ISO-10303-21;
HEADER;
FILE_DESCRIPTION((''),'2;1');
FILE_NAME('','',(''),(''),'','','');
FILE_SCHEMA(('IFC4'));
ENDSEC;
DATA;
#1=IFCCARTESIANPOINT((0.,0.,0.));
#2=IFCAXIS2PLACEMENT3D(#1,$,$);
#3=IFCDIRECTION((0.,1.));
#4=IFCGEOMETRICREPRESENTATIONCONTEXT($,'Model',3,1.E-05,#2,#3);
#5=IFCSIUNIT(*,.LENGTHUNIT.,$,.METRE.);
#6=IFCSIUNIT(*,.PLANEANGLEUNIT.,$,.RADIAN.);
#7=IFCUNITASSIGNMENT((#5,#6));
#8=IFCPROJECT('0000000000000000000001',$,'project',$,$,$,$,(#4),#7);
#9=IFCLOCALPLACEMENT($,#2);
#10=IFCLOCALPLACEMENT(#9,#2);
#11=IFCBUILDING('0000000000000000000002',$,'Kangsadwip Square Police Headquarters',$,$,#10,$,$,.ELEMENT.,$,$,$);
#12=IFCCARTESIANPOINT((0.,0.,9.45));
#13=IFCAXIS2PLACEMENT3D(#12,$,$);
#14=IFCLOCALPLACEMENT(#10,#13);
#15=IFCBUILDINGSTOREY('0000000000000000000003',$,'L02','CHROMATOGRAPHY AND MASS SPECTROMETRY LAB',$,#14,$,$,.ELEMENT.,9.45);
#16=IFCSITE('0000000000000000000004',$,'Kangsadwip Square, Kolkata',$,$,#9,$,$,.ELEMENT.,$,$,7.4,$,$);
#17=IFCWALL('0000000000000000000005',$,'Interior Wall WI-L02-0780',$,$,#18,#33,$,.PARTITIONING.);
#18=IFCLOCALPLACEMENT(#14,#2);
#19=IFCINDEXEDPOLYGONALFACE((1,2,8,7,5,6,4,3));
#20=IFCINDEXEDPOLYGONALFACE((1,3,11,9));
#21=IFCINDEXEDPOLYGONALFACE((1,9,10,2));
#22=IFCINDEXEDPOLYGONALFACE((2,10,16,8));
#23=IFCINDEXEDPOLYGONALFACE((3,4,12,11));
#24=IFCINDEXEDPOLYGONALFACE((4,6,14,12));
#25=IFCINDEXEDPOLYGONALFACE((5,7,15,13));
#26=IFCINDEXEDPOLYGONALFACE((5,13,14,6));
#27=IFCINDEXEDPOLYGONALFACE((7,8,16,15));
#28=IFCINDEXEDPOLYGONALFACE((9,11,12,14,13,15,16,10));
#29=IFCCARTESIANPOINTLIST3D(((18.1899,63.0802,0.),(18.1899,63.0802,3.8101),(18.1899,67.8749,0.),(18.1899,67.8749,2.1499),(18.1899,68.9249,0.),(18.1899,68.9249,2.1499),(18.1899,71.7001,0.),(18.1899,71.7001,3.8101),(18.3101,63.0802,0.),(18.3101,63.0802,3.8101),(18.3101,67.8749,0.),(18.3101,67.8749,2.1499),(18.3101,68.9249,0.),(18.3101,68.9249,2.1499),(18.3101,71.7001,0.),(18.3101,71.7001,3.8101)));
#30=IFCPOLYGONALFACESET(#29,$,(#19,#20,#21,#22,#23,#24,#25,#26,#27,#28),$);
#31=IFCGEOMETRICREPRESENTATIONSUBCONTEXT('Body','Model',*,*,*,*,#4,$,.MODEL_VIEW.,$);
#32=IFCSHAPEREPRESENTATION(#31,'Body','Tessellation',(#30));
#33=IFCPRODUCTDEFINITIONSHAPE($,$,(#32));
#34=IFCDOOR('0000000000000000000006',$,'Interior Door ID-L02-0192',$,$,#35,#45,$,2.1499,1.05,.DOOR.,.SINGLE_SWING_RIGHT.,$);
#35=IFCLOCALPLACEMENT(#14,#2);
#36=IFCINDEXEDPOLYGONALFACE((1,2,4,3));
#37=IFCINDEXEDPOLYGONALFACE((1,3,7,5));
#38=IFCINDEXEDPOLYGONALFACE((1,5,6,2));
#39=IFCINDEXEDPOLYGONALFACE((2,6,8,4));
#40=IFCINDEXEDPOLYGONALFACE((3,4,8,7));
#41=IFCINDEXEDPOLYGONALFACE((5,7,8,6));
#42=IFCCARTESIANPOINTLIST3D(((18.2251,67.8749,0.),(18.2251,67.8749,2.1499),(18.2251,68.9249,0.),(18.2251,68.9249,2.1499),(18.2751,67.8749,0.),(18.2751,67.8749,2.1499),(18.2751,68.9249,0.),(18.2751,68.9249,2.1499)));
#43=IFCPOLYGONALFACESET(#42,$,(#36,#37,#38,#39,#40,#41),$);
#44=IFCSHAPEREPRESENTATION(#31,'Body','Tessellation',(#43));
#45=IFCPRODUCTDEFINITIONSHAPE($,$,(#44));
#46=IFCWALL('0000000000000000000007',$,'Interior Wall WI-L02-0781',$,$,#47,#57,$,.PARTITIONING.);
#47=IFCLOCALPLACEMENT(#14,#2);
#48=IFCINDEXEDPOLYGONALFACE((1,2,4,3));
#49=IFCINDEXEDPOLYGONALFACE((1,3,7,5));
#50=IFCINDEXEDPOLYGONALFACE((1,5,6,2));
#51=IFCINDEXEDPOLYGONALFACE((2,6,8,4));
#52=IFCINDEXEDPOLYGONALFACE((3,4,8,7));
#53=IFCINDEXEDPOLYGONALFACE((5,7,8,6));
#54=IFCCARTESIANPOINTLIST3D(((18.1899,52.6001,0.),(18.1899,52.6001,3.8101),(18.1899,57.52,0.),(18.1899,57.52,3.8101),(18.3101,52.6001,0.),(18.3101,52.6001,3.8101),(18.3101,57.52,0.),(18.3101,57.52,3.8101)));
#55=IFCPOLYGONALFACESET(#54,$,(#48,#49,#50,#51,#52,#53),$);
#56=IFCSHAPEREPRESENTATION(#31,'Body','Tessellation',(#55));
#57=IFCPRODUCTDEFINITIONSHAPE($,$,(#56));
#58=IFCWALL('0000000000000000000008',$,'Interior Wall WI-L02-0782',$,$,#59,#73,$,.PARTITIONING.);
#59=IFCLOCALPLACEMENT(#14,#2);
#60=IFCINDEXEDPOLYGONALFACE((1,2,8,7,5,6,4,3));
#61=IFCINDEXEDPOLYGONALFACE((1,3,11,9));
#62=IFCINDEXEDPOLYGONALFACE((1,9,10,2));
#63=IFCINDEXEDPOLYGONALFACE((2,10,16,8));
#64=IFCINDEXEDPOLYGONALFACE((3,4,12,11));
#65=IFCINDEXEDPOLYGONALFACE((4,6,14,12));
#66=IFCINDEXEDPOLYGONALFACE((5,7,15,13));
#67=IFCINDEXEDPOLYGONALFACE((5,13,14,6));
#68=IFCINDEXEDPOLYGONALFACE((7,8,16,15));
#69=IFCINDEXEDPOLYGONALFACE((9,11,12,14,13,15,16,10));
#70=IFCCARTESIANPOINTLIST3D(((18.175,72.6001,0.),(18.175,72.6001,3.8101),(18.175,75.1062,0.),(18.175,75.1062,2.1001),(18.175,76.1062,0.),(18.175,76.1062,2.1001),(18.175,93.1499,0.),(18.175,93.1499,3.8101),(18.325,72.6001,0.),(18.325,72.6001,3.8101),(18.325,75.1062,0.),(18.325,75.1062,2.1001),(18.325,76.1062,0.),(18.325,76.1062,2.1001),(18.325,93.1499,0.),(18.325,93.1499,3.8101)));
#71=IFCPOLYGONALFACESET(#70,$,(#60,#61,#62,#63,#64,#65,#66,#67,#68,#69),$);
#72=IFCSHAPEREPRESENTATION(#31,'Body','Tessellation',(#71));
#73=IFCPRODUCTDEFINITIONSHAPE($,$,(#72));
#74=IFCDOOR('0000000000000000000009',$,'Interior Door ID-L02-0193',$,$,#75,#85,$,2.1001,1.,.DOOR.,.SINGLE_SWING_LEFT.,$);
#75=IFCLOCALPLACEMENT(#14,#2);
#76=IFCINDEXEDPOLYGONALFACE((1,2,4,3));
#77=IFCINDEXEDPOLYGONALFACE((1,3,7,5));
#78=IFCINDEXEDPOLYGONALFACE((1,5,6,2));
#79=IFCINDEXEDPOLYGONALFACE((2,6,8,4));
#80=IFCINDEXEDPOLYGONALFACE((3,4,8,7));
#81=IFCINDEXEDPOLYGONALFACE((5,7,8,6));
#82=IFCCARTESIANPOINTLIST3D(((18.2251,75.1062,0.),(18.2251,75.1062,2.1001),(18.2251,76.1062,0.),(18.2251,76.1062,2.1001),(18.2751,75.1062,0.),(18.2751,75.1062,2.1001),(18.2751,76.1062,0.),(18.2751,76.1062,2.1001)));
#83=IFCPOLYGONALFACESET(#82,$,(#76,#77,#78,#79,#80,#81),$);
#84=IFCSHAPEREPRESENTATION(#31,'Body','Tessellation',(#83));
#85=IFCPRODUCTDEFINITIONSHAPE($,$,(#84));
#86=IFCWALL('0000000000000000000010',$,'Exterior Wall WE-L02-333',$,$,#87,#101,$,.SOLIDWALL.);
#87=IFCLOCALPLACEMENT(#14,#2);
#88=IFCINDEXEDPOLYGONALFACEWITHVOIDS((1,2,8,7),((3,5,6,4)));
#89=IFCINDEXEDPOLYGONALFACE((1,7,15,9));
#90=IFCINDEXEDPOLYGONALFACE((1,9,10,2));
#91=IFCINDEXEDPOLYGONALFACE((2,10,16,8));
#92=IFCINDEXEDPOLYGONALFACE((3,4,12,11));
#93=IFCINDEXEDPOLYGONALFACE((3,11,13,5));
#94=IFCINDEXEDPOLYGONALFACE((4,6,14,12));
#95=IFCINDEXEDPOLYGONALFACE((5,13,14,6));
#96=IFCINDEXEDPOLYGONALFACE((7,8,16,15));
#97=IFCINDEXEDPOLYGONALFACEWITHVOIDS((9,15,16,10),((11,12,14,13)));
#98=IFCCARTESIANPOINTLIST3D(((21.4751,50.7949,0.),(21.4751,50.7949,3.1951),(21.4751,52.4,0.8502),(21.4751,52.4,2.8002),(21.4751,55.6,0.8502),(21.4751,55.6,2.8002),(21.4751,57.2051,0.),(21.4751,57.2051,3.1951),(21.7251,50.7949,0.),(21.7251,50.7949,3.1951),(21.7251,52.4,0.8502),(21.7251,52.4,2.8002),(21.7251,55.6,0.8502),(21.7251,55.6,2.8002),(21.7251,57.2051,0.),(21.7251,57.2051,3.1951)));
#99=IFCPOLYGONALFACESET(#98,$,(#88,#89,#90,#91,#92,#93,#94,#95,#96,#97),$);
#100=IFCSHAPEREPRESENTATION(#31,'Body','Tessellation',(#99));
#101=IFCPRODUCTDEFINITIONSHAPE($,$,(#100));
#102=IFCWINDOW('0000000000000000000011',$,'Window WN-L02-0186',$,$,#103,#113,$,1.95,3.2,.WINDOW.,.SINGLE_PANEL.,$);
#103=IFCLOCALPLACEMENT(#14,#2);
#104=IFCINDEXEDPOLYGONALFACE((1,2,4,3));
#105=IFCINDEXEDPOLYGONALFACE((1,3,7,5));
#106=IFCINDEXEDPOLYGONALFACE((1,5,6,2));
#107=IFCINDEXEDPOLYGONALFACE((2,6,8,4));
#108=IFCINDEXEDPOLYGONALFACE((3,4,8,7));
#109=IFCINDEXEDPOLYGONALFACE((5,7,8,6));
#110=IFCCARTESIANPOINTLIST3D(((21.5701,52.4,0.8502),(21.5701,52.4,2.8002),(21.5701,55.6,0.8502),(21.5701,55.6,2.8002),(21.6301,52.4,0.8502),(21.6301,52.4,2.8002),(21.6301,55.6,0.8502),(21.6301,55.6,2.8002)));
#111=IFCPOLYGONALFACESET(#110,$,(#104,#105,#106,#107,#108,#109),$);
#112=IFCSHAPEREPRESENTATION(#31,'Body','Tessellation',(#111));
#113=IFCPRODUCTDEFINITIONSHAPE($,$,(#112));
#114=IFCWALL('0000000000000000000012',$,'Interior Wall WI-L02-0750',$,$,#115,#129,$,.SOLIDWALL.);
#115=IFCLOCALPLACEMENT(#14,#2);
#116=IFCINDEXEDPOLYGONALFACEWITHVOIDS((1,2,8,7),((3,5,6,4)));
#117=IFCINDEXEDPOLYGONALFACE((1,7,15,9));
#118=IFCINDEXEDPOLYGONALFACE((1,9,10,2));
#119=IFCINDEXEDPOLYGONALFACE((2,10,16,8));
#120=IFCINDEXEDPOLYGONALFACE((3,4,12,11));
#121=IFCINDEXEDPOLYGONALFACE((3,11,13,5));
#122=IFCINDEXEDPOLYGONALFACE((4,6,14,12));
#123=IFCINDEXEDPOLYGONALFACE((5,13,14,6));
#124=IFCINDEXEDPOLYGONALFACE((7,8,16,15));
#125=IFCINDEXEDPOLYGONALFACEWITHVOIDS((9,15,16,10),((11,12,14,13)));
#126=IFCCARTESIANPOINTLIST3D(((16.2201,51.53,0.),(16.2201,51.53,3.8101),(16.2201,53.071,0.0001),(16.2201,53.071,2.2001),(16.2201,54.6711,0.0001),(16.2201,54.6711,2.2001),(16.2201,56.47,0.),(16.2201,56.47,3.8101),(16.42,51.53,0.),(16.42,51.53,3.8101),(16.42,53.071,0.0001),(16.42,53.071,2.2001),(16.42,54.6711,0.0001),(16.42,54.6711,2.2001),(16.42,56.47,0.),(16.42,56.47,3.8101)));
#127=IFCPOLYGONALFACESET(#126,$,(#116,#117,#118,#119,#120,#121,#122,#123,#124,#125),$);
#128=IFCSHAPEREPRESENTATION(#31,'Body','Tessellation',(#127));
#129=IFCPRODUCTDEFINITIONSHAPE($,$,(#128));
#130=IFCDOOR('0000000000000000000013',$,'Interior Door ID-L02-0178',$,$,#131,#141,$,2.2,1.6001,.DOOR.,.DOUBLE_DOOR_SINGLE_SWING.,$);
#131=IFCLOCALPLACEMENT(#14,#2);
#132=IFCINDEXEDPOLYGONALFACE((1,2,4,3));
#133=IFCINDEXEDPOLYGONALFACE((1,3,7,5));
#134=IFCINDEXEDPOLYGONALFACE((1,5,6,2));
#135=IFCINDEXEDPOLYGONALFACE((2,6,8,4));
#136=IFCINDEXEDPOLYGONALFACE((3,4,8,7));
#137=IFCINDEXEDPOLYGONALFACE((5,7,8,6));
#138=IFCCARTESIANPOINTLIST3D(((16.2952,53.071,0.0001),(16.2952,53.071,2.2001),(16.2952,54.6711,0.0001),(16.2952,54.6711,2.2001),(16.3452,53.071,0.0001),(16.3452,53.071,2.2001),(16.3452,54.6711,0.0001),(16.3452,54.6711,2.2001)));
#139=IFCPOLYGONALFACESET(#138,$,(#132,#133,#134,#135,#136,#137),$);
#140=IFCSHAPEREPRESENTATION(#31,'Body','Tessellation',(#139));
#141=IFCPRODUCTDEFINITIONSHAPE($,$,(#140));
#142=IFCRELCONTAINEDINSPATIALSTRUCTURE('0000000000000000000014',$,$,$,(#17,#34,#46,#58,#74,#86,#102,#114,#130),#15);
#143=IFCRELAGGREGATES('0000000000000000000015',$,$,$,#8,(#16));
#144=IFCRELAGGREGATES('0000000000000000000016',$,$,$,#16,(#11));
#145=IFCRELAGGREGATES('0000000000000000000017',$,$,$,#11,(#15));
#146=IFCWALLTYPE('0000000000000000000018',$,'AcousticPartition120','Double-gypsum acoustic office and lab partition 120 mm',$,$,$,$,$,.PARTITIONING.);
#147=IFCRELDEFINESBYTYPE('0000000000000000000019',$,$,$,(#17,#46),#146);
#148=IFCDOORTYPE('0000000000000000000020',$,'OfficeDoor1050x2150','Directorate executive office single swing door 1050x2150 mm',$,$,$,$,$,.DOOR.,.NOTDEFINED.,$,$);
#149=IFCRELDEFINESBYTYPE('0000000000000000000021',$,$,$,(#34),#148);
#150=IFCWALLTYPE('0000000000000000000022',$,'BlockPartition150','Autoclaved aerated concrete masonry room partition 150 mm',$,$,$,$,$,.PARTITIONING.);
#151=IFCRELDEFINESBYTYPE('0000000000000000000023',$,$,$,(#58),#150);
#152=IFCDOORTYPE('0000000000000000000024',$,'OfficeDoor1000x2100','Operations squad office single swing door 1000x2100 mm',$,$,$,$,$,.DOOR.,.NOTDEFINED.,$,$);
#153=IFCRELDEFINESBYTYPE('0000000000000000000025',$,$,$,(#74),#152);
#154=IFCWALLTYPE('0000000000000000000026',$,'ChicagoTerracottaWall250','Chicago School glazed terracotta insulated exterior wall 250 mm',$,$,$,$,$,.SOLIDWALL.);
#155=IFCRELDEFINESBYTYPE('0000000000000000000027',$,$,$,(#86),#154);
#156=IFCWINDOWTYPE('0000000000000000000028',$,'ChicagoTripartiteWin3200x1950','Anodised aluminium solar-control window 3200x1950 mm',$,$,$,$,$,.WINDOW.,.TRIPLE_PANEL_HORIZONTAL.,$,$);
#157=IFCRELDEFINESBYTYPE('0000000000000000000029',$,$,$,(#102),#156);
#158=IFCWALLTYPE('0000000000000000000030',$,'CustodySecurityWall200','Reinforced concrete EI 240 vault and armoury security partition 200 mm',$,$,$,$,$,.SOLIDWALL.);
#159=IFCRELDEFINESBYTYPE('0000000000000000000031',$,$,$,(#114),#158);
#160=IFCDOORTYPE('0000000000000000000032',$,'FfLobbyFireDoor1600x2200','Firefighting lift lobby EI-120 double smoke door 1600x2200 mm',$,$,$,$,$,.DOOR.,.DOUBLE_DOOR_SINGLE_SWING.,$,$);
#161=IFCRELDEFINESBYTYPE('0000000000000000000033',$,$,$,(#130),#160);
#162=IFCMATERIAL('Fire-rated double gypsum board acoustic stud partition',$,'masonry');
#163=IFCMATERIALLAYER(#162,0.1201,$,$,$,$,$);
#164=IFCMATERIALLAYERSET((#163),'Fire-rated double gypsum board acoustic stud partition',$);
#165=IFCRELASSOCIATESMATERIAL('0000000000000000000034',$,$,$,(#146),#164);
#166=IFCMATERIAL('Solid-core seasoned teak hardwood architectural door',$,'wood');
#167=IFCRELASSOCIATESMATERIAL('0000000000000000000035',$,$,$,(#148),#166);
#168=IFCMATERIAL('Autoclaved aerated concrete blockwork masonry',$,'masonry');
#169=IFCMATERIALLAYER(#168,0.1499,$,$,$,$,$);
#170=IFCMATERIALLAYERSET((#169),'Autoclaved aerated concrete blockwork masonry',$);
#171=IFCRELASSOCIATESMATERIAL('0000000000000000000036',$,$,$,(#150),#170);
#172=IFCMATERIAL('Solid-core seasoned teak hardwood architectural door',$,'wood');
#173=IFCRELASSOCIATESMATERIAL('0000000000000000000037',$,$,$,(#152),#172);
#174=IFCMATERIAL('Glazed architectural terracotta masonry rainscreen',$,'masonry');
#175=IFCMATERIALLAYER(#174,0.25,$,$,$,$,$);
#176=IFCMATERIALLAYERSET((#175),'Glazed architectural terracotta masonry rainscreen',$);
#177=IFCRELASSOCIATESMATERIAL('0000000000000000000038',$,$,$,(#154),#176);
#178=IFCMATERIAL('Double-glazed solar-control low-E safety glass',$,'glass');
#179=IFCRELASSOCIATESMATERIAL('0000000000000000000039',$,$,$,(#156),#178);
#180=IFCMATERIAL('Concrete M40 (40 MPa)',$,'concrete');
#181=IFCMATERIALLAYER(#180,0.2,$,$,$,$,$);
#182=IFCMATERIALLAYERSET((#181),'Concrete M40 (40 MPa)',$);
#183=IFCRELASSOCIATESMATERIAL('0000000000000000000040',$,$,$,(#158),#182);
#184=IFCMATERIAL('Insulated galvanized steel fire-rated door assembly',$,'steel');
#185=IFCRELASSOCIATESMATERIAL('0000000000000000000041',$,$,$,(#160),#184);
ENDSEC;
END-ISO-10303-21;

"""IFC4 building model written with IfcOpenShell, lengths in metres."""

from ifc_helpers import new_model, si_unit, direction, frame, frame_2d, origin, place, context, subcontext, project, spatial, rectangle, extrude, material, layer, layer_set, type_object, element, fill, save


model = new_model("IFC4")

# Units and contexts
model_context = context("Model", 3, precision=1e-05, world=origin(), true_north=direction((0.0, 1.0)))
body_context = subcontext(model_context, "Body", "Model", "MODEL_VIEW")
ifc_project = project(units=[si_unit("LENGTHUNIT", "METRE"), si_unit("PLANEANGLEUNIT", "RADIAN")], contexts=[model_context])

# Site, building, storey
site_placement = place(None, origin())
site = spatial("IfcSite", under=ifc_project, at=site_placement, Name="Kangsadwip Square, Kolkata", CompositionType="ELEMENT", RefElevation=7.4)
building_placement = place(site_placement, origin())
building = spatial("IfcBuilding", under=site, at=building_placement, Name="Kangsadwip Square Police Headquarters", CompositionType="ELEMENT")
storey_placement = place(building_placement, frame((0.0, 0.0, 9.45)))
storey = spatial("IfcBuildingStorey", under=building, at=storey_placement, Name="L02", Description="CHROMATOGRAPHY AND MASS SPECTROMETRY LAB", CompositionType="ELEMENT", Elevation=9.45)

# Wall, opening, door
ifc_material_1 = material(Name="Fire-rated double gypsum board acoustic stud partition", Category="masonry")
ifc_layer_1 = layer(ifc_material_1, 0.1201)
ifc_layer_set_1 = layer_set([ifc_layer_1], Name="Fire-rated double gypsum board acoustic stud partition")
wall_type_1 = type_object("IfcWallType", Name="AcousticPartition120", Description="Double-gypsum acoustic office and lab partition 120 mm", PredefinedType="PARTITIONING", material=ifc_layer_set_1)
wall_1_placement = place(storey_placement, frame((18.25, 63.0801, 0.0), z_axis=(0.0, 0.0, 1.0), x_axis=(0.0, 1.0, 0.0)))
wall_1 = element("IfcWall", 1, at=wall_1_placement, inside=storey, type_object=wall_type_1, Name="Interior Wall WI-L02-0780", PredefinedType="PARTITIONING", context=body_context, shape_type="SweptSolid", body=[
    extrude(rectangle(XDim=8.6199, YDim=0.1201, at=frame_2d((4.3101, 0.0))), origin(), (0.0, 0.0, 1.0), 3.8101),
])
opening_1_placement = place(wall_1_placement, frame((4.7949, 0.0, 0.0)))
opening_1 = element("IfcOpeningElement", 2, at=opening_1_placement, cuts=wall_1, PredefinedType="OPENING", context=body_context, shape_type="SweptSolid", body=[
    extrude(rectangle(XDim=1.05, YDim=2.1499, at=frame_2d((0.5249, 1.075))), frame((0.0, 0.0701, 0.0), z_axis=(0.0, -1.0, 0.0), x_axis=(1.0, 0.0, 0.0)), (0.0, 0.0, 1.0), 0.1401),
])
ifc_material_2 = material(Name="Solid-core seasoned teak hardwood architectural door", Category="wood")
door_type_1 = type_object("IfcDoorType", Name="OfficeDoor1050x2150", Description="Directorate executive office single swing door 1050x2150 mm", OperationType="NOTDEFINED", PredefinedType="DOOR", material=ifc_material_2)
door_1_placement = place(opening_1_placement, origin())
door_1 = element("IfcDoor", 3, at=door_1_placement, inside=storey, type_object=door_type_1, Name="Interior Door ID-L02-0192", OperationType="SINGLE_SWING_RIGHT", OverallHeight=2.1499, OverallWidth=1.05, PredefinedType="DOOR", context=body_context, shape_type="SweptSolid", body=[
    extrude(rectangle(XDim=1.05, YDim=2.1499, at=frame_2d((0.5249, 1.075))), frame((0.0, 0.0249, 0.0), z_axis=(0.0, -1.0, 0.0), x_axis=(1.0, 0.0, 0.0)), (0.0, 0.0, 1.0), 0.05),
])
fill(opening_1, door_1)

# Wall
wall_2_placement = place(storey_placement, frame((18.25, 52.6001, 0.0), z_axis=(0.0, 0.0, 1.0), x_axis=(0.0, 1.0, 0.0)))
element("IfcWall", 4, at=wall_2_placement, inside=storey, type_object=wall_type_1, Name="Interior Wall WI-L02-0781", PredefinedType="PARTITIONING", context=body_context, shape_type="SweptSolid", body=[
    extrude(rectangle(XDim=4.9199, YDim=0.1201, at=frame_2d((2.46, 0.0))), origin(), (0.0, 0.0, 1.0), 3.8101),
])

# Wall, opening, door
ifc_material_3 = material(Name="Autoclaved aerated concrete blockwork masonry", Category="masonry")
ifc_layer_2 = layer(ifc_material_3, 0.1499)
ifc_layer_set_2 = layer_set([ifc_layer_2], Name="Autoclaved aerated concrete blockwork masonry")
wall_type_2 = type_object("IfcWallType", Name="BlockPartition150", Description="Autoclaved aerated concrete masonry room partition 150 mm", PredefinedType="PARTITIONING", material=ifc_layer_set_2)
wall_3_placement = place(storey_placement, frame((18.25, 72.6001, 0.0), z_axis=(0.0, 0.0, 1.0), x_axis=(0.0, 1.0, 0.0)))
wall_3 = element("IfcWall", 5, at=wall_3_placement, inside=storey, type_object=wall_type_2, Name="Interior Wall WI-L02-0782", PredefinedType="PARTITIONING", context=body_context, shape_type="SweptSolid", body=[
    extrude(rectangle(XDim=20.5498, YDim=0.1499, at=frame_2d((10.2749, 0.0))), origin(), (0.0, 0.0, 1.0), 3.8101),
])
opening_2_placement = place(wall_3_placement, frame((2.5061, 0.0, 0.0)))
opening_2 = element("IfcOpeningElement", 6, at=opening_2_placement, cuts=wall_3, PredefinedType="OPENING", context=body_context, shape_type="SweptSolid", body=[
    extrude(rectangle(XDim=1.0, YDim=2.1001, at=frame_2d((0.5, 1.05))), frame((0.0, 0.085, 0.0), z_axis=(0.0, -1.0, 0.0), x_axis=(1.0, 0.0, 0.0)), (0.0, 0.0, 1.0), 0.1699),
])
ifc_material_4 = material(Name="Solid-core seasoned teak hardwood architectural door", Category="wood")
door_type_2 = type_object("IfcDoorType", Name="OfficeDoor1000x2100", Description="Operations squad office single swing door 1000x2100 mm", OperationType="NOTDEFINED", PredefinedType="DOOR", material=ifc_material_4)
door_2_placement = place(opening_2_placement, origin())
door_2 = element("IfcDoor", 7, at=door_2_placement, inside=storey, type_object=door_type_2, Name="Interior Door ID-L02-0193", OperationType="SINGLE_SWING_LEFT", OverallHeight=2.1001, OverallWidth=1.0, PredefinedType="DOOR", context=body_context, shape_type="SweptSolid", body=[
    extrude(rectangle(XDim=1.0, YDim=2.1001, at=frame_2d((0.5, 1.05))), frame((0.0, 0.0249, 0.0), z_axis=(0.0, -1.0, 0.0), x_axis=(1.0, 0.0, 0.0)), (0.0, 0.0, 1.0), 0.05),
])
fill(opening_2, door_2)

# Wall, opening, window
ifc_material_5 = material(Name="Glazed architectural terracotta masonry rainscreen", Category="masonry")
ifc_layer_3 = layer(ifc_material_5, 0.25)
ifc_layer_set_3 = layer_set([ifc_layer_3], Name="Glazed architectural terracotta masonry rainscreen")
wall_type_3 = type_object("IfcWallType", Name="ChicagoTerracottaWall250", Description="Chicago School glazed terracotta insulated exterior wall 250 mm", PredefinedType="SOLIDWALL", material=ifc_layer_set_3)
wall_4_placement = place(storey_placement, frame((21.6001, 50.7949, 0.0), z_axis=(0.0, 0.0, 1.0), x_axis=(0.0, 1.0, 0.0)))
wall_4 = element("IfcWall", 8, at=wall_4_placement, inside=storey, type_object=wall_type_3, Name="Exterior Wall WE-L02-333", PredefinedType="SOLIDWALL", context=body_context, shape_type="SweptSolid", body=[
    extrude(rectangle(XDim=6.4102, YDim=0.25, at=frame_2d((3.2051, 0.0))), origin(), (0.0, 0.0, 1.0), 3.1951),
])
opening_3_placement = place(wall_4_placement, frame((1.605, 0.0, 0.8501)))
opening_3 = element("IfcOpeningElement", 9, at=opening_3_placement, cuts=wall_4, PredefinedType="OPENING", context=body_context, shape_type="SweptSolid", body=[
    extrude(rectangle(XDim=3.2, YDim=1.95, at=frame_2d((1.6001, 0.9751))), frame((0.0, 0.135, 0.0), z_axis=(0.0, -1.0, 0.0), x_axis=(1.0, 0.0, 0.0)), (0.0, 0.0, 1.0), 0.27),
])
ifc_material_6 = material(Name="Double-glazed solar-control low-E safety glass", Category="glass")
window_type = type_object("IfcWindowType", Name="ChicagoTripartiteWin3200x1950", Description="Anodised aluminium solar-control window 3200x1950 mm", PartitioningType="TRIPLE_PANEL_HORIZONTAL", PredefinedType="WINDOW", material=ifc_material_6)
window_placement = place(opening_3_placement, origin())
window = element("IfcWindow", 10, at=window_placement, inside=storey, type_object=window_type, Name="Window WN-L02-0186", OverallHeight=1.95, OverallWidth=3.2, PartitioningType="SINGLE_PANEL", PredefinedType="WINDOW", context=body_context, shape_type="SweptSolid", body=[
    extrude(rectangle(XDim=3.2, YDim=1.95, at=frame_2d((1.6001, 0.9751))), frame((0.0, 0.03, 0.0), z_axis=(0.0, -1.0, 0.0), x_axis=(1.0, 0.0, 0.0)), (0.0, 0.0, 1.0), 0.0601),
])
fill(opening_3, window)

# Wall, opening, door
ifc_material_7 = material(Name="Concrete M40 (40 MPa)", Category="concrete")
ifc_layer_4 = layer(ifc_material_7, 0.2)
ifc_layer_set_4 = layer_set([ifc_layer_4], Name="Concrete M40 (40 MPa)")
wall_type_4 = type_object("IfcWallType", Name="CustodySecurityWall200", Description="Reinforced concrete EI 240 vault and armoury security partition 200 mm", PredefinedType="SOLIDWALL", material=ifc_layer_set_4)
wall_5_placement = place(storey_placement, frame((16.3201, 51.53, 0.0), z_axis=(0.0, 0.0, 1.0), x_axis=(0.0, 1.0, 0.0)))
wall_5 = element("IfcWall", 11, at=wall_5_placement, inside=storey, type_object=wall_type_4, Name="Interior Wall WI-L02-0750", PredefinedType="SOLIDWALL", context=body_context, shape_type="SweptSolid", body=[
    extrude(rectangle(XDim=4.9399, YDim=0.2, at=frame_2d((2.47, 0.0))), origin(), (0.0, 0.0, 1.0), 3.8101),
])
opening_4_placement = place(wall_5_placement, frame((1.541, 0.0, 0.0)))
opening_4 = element("IfcOpeningElement", 12, at=opening_4_placement, cuts=wall_5, PredefinedType="OPENING", context=body_context, shape_type="SweptSolid", body=[
    extrude(rectangle(XDim=1.6001, YDim=2.2, at=frame_2d((0.8, 1.1001))), frame((0.0, 0.1099, 0.0), z_axis=(0.0, -1.0, 0.0), x_axis=(1.0, 0.0, 0.0)), (0.0, 0.0, 1.0), 0.22),
])
ifc_material_8 = material(Name="Insulated galvanized steel fire-rated door assembly", Category="steel")
door_type_3 = type_object("IfcDoorType", Name="FfLobbyFireDoor1600x2200", Description="Firefighting lift lobby EI-120 double smoke door 1600x2200 mm", OperationType="DOUBLE_DOOR_SINGLE_SWING", PredefinedType="DOOR", material=ifc_material_8)
door_3_placement = place(opening_4_placement, origin())
door_3 = element("IfcDoor", 13, at=door_3_placement, inside=storey, type_object=door_type_3, Name="Interior Door ID-L02-0178", OperationType="DOUBLE_DOOR_SINGLE_SWING", OverallHeight=2.2, OverallWidth=1.6001, PredefinedType="DOOR", context=body_context, shape_type="SweptSolid", body=[
    extrude(rectangle(XDim=1.6001, YDim=2.2, at=frame_2d((0.8, 1.1001))), frame((0.0, 0.0249, 0.0), z_axis=(0.0, -1.0, 0.0), x_axis=(1.0, 0.0, 0.0)), (0.0, 0.0, 1.0), 0.05),
])
fill(opening_4, door_3)

save(model, "model.ifc")
